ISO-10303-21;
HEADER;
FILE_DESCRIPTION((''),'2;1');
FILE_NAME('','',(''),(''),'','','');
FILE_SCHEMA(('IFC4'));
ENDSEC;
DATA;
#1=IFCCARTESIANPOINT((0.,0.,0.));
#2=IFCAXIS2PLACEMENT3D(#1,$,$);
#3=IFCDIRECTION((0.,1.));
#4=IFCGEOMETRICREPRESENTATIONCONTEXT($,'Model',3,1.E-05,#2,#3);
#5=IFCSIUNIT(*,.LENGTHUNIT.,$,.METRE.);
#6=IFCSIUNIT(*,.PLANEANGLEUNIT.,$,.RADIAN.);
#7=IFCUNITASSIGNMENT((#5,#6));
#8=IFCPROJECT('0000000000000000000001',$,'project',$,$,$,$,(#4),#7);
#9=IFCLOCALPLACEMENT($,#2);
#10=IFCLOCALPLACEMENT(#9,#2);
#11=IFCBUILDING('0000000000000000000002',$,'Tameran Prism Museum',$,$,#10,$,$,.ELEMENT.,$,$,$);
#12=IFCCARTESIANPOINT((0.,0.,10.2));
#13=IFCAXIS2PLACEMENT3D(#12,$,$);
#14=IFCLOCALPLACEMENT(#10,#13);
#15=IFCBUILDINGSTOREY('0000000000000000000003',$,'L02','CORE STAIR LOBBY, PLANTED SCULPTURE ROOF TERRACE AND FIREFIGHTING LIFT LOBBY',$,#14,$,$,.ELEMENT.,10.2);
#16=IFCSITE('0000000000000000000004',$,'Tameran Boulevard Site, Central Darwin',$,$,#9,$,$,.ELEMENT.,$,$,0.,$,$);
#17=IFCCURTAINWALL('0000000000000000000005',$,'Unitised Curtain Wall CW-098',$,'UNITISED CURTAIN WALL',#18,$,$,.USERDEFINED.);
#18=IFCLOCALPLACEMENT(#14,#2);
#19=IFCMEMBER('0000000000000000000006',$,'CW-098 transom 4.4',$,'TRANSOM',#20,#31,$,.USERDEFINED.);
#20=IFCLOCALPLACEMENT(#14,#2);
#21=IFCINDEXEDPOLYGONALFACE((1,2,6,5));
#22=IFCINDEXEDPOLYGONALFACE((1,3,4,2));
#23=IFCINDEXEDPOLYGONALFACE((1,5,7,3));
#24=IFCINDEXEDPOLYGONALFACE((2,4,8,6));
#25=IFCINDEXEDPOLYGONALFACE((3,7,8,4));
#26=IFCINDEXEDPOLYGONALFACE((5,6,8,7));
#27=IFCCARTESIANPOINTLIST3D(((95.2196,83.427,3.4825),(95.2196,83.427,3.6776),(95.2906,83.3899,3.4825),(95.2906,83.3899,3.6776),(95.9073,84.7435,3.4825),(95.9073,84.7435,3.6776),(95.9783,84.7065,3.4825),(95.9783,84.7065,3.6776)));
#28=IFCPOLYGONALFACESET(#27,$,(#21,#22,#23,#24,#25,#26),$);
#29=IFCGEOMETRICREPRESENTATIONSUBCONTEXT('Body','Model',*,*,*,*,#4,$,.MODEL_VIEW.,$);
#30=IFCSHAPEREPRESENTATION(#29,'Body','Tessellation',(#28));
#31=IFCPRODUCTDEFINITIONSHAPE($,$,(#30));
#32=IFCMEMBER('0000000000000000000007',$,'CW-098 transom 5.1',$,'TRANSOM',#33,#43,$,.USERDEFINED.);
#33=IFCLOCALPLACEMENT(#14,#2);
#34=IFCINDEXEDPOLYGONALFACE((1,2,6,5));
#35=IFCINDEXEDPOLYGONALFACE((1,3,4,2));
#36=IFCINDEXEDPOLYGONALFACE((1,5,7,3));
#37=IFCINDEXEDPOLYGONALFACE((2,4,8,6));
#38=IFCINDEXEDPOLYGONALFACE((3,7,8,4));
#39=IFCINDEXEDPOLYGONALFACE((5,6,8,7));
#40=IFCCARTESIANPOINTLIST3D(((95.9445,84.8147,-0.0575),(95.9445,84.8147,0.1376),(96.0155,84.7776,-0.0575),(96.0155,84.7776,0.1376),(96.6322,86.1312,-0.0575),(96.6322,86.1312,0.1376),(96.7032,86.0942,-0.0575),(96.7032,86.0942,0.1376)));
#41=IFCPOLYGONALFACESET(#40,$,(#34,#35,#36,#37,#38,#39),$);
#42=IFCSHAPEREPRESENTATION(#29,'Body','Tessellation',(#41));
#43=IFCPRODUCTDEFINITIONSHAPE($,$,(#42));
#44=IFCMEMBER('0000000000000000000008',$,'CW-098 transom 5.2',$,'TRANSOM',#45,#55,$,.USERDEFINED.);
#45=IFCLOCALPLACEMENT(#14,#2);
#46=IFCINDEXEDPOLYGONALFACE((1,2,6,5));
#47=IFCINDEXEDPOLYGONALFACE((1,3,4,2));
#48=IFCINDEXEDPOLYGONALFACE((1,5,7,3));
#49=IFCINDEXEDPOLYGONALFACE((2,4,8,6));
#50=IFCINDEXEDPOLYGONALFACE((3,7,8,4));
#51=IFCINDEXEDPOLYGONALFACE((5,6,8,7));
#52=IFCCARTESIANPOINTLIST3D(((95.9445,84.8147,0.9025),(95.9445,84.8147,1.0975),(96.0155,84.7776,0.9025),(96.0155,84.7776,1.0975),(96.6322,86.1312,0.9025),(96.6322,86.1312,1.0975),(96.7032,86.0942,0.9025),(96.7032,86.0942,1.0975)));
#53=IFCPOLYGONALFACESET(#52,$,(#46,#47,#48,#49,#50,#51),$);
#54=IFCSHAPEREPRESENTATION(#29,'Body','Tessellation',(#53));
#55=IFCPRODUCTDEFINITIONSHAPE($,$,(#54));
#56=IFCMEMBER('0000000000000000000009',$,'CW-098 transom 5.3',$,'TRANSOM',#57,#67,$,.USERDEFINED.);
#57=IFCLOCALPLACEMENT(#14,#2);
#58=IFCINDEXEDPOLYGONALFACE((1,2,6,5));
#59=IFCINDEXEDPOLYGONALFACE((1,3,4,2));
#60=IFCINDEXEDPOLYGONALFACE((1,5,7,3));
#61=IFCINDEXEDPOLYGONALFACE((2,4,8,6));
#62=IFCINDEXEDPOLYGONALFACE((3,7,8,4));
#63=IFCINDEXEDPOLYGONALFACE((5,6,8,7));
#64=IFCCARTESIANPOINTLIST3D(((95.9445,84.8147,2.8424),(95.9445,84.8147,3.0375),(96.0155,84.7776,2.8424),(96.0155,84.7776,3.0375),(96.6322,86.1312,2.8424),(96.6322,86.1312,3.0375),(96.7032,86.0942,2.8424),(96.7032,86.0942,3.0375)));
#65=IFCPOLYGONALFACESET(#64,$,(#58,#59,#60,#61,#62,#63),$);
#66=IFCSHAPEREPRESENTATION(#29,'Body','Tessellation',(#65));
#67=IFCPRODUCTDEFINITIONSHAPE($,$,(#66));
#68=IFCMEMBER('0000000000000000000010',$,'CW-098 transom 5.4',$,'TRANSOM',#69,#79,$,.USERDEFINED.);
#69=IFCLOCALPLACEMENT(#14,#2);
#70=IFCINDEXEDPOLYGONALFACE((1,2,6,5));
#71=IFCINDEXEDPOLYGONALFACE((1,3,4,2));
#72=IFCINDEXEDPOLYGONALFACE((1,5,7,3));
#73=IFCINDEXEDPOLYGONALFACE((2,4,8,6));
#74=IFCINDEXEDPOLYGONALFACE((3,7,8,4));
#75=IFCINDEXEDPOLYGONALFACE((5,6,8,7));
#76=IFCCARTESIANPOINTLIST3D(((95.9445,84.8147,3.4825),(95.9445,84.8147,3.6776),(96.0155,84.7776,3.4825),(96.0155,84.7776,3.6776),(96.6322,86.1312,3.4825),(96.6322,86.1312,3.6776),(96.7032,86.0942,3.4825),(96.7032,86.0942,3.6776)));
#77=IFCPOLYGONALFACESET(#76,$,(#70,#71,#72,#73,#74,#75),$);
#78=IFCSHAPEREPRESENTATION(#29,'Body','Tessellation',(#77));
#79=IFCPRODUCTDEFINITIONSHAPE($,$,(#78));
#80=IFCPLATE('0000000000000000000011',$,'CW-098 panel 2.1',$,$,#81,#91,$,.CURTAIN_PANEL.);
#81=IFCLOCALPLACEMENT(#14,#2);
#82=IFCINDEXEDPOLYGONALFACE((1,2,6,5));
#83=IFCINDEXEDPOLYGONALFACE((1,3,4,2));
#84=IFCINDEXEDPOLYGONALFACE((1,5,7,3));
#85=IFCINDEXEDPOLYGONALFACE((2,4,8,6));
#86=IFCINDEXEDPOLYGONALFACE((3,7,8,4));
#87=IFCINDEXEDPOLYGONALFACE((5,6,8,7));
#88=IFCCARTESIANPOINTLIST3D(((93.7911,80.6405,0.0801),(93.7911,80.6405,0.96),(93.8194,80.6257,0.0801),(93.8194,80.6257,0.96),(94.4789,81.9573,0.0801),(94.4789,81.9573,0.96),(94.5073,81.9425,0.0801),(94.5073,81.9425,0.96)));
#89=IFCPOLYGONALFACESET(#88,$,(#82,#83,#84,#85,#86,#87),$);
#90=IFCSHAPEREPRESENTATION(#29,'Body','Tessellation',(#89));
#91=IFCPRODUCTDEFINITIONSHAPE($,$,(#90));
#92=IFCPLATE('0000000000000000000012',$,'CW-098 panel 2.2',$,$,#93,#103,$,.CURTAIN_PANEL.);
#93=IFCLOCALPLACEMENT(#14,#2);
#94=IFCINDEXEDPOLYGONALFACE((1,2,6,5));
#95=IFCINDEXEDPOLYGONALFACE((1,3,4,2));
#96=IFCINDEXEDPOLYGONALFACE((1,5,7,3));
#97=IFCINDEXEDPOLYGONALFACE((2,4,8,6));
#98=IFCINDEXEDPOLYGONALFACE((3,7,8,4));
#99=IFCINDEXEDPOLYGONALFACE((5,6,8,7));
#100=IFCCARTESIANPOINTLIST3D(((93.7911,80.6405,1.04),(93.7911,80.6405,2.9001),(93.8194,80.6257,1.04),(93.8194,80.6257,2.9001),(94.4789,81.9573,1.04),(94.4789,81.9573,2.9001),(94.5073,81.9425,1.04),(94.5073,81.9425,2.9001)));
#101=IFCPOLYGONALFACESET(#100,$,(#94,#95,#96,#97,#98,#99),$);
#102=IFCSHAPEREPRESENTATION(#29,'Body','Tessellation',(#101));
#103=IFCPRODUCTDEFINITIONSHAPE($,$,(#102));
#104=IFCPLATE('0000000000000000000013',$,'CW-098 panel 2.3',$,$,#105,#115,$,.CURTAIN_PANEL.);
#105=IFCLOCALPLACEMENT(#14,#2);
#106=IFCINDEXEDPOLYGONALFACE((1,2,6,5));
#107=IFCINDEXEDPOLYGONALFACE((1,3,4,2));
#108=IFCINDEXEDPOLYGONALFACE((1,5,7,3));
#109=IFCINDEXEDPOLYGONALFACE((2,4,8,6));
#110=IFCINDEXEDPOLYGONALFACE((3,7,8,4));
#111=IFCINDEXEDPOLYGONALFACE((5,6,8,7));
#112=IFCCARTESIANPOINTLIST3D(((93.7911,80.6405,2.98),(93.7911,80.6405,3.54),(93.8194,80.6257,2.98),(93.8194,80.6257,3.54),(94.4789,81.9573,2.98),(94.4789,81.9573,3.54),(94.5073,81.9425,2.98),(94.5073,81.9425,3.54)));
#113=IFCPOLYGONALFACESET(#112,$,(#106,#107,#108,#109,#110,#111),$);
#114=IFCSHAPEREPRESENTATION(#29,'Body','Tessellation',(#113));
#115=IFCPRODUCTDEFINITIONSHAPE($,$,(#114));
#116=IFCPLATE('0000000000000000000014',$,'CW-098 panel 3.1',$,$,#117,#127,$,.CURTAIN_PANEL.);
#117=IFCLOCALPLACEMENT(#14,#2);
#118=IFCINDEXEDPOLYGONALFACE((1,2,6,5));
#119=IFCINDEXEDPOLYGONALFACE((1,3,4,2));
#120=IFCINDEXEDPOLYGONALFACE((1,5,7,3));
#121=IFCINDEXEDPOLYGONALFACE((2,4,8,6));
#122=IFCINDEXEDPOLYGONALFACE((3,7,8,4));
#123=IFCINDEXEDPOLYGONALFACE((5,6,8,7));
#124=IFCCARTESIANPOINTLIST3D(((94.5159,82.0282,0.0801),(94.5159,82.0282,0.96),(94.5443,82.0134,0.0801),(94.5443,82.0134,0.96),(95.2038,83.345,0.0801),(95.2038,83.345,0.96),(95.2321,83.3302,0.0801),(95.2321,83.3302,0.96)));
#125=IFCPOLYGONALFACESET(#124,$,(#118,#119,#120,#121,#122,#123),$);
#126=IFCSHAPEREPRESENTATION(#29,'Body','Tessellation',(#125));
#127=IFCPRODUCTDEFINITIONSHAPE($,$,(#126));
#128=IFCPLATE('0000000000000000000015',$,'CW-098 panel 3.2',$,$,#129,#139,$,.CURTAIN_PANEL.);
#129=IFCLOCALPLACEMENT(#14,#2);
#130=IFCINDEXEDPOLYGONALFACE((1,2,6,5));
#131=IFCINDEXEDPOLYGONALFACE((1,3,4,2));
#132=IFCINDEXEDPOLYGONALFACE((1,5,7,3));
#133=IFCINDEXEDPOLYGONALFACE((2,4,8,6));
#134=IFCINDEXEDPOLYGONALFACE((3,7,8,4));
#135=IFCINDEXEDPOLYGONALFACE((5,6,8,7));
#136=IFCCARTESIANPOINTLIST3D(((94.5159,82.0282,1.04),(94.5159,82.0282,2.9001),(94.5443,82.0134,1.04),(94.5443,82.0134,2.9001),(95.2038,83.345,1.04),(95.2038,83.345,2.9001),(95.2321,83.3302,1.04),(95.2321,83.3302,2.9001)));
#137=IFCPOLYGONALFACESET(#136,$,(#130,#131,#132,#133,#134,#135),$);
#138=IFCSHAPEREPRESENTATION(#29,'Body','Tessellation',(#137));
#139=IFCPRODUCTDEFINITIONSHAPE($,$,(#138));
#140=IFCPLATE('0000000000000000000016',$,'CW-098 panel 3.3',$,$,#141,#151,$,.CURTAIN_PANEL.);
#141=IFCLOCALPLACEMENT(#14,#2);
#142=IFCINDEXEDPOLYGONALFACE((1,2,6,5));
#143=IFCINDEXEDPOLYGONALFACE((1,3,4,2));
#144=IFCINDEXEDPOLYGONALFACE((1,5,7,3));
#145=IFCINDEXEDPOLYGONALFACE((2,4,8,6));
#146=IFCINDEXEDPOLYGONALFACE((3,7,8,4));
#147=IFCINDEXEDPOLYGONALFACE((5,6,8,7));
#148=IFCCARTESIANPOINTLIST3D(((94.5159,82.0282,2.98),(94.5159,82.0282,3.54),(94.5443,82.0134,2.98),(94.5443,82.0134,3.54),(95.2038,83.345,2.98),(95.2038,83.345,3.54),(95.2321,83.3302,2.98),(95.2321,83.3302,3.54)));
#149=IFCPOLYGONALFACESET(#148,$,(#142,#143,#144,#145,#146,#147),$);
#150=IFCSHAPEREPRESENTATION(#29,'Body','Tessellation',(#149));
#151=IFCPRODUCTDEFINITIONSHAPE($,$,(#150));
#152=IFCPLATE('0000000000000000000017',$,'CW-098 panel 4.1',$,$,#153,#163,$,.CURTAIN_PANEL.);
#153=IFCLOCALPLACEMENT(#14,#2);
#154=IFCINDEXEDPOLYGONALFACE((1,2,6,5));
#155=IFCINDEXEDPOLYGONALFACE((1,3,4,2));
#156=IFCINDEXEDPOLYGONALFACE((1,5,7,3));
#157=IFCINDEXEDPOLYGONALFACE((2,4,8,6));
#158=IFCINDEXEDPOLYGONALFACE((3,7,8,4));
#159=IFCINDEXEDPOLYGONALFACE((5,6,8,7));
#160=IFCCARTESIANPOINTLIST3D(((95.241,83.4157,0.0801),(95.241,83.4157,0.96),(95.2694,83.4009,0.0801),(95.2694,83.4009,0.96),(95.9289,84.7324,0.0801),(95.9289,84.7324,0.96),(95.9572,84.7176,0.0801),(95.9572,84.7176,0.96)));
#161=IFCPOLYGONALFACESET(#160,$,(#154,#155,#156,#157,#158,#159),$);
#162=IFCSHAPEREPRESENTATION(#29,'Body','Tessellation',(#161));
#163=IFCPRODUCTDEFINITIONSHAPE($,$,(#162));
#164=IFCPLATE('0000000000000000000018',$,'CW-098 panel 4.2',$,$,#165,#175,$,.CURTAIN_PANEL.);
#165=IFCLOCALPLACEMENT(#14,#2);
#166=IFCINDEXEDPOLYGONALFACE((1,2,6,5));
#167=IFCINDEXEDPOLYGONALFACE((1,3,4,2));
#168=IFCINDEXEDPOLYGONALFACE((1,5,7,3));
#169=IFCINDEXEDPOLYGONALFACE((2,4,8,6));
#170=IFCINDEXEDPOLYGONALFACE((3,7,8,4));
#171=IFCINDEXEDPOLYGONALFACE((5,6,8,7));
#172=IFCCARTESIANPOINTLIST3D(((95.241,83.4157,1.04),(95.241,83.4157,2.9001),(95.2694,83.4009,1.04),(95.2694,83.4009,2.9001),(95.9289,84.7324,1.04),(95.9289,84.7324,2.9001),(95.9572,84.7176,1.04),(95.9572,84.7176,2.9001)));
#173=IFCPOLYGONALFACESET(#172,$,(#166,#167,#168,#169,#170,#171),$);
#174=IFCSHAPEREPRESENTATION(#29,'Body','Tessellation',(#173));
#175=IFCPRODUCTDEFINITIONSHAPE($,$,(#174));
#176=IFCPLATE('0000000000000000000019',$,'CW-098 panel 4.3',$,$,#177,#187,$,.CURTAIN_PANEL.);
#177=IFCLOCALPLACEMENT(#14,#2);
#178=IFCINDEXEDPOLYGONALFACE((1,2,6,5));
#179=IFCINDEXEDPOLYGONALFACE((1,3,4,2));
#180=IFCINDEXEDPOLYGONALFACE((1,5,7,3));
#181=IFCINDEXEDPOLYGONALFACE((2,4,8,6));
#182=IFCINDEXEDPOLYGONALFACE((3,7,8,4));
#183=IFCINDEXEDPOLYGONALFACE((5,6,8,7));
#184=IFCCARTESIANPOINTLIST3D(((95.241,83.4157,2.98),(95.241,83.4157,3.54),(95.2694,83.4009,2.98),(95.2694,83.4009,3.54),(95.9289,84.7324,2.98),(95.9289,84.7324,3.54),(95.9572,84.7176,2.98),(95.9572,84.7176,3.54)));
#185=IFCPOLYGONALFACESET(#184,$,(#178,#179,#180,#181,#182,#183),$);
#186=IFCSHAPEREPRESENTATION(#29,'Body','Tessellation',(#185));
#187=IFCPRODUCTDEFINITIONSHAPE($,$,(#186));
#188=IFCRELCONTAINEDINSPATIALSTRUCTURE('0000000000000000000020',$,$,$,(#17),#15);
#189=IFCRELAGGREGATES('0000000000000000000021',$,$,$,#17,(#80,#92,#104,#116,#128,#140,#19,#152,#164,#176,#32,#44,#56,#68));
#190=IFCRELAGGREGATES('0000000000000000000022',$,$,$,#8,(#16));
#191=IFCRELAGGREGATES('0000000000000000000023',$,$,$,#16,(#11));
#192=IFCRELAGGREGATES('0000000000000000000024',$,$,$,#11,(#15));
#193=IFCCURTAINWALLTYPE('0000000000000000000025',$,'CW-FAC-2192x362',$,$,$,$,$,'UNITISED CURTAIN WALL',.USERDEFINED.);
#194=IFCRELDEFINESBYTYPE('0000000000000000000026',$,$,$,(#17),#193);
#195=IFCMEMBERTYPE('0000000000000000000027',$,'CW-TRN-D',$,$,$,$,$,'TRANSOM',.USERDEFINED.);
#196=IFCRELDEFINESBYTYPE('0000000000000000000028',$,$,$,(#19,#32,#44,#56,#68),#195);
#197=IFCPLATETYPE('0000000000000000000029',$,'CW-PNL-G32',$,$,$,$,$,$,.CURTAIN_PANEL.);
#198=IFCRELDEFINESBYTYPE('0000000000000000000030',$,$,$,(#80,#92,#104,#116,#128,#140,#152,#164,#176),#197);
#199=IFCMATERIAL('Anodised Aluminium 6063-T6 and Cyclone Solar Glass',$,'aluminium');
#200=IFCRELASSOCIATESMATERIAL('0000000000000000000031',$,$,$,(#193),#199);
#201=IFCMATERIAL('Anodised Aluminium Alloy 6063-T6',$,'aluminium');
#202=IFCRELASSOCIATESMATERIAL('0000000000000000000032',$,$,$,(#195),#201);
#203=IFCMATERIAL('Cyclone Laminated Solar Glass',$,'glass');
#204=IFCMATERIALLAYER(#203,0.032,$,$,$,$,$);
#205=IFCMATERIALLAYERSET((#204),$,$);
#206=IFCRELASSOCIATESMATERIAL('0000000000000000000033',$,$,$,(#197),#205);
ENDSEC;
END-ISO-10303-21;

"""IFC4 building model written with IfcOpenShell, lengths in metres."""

from ifc_helpers import new_model, si_unit, direction, frame, origin, origin_2d, place, context, subcontext, project, spatial, rectangle, extrude, material, layer, layer_set, material_profile, profile_set, type_object, element, aggregate, save


model = new_model("IFC4")

# Units and contexts
model_context = context("Model", 3, precision=1e-05, world=origin(), true_north=direction((0.0, 1.0)))
body_context = subcontext(model_context, "Body", "Model", "MODEL_VIEW")
ifc_project = project(units=[si_unit("LENGTHUNIT", "METRE"), si_unit("PLANEANGLEUNIT", "RADIAN")], contexts=[model_context])

# Site, building, storey
site_placement = place(None, origin())
site = spatial("IfcSite", under=ifc_project, at=site_placement, Name="Tameran Boulevard Site, Central Darwin", CompositionType="ELEMENT", RefElevation=0.0)
building_placement = place(site_placement, origin())
building = spatial("IfcBuilding", under=site, at=building_placement, Name="Tameran Prism Museum", CompositionType="ELEMENT")
storey_placement = place(building_placement, frame((0.0, 0.0, 10.2)))
storey = spatial("IfcBuildingStorey", under=building, at=storey_placement, Name="L02", Description="CORE STAIR LOBBY, PLANTED SCULPTURE ROOF TERRACE AND FIREFIGHTING LIFT LOBBY", CompositionType="ELEMENT", Elevation=10.2)

# Curtain wall, members, plates
ifc_material_1 = material(Name="Anodised Aluminium 6063-T6 and Cyclone Solar Glass", Category="aluminium")
curtain_wall_type = type_object("IfcCurtainWallType", Name="CW-FAC-2192x362", ElementType="UNITISED CURTAIN WALL", PredefinedType="USERDEFINED", material=ifc_material_1)
curtain_wall_placement = place(storey_placement, origin())
curtain_wall = element("IfcCurtainWall", 1, at=curtain_wall_placement, inside=storey, type_object=curtain_wall_type, Name="Unitised Curtain Wall CW-098", ObjectType="UNITISED CURTAIN WALL", PredefinedType="USERDEFINED")
ifc_material_2 = material(Name="Anodised Aluminium Alloy 6063-T6", Category="aluminium")
ifc_material_profile_1 = material_profile(ifc_material_2, rectangle(XDim=0.0801, YDim=0.1951, at=origin_2d()))
ifc_profile_set_1 = profile_set([ifc_material_profile_1])
member_type_1 = type_object("IfcMemberType", Name="CW-TRN-D", ElementType="TRANSOM", PredefinedType="USERDEFINED", material=ifc_profile_set_1)
member_1_placement = place(storey_placement, frame((95.2551, 83.4084, 3.5801), z_axis=(0.462987, 0.886365, 0.0), x_axis=(-0.886365, 0.462987, 0.0)))
member_1 = element("IfcMember", 2, at=member_1_placement, type_object=member_type_1, Name="CW-098 transom 4.4", ObjectType="TRANSOM", PredefinedType="USERDEFINED", context=body_context, shape_type="SweptSolid", body=[
    extrude(rectangle(XDim=0.0801, YDim=0.1951, at=origin_2d()), origin(), (0.0, 0.0, 1.0), 1.4854),
])
member_2_placement = place(storey_placement, frame((95.98, 84.7961, 0.04), z_axis=(0.462987, 0.886365, 0.0), x_axis=(-0.886365, 0.462987, 0.0)))
member_2 = element("IfcMember", 3, at=member_2_placement, type_object=member_type_1, Name="CW-098 transom 5.1", ObjectType="TRANSOM", PredefinedType="USERDEFINED", context=body_context, shape_type="SweptSolid", body=[
    extrude(rectangle(XDim=0.0801, YDim=0.1951, at=origin_2d()), origin(), (0.0, 0.0, 1.0), 1.4854),
])
member_3_placement = place(storey_placement, frame((95.98, 84.7961, 1.0), z_axis=(0.462987, 0.886365, 0.0), x_axis=(-0.886365, 0.462987, 0.0)))
member_3 = element("IfcMember", 4, at=member_3_placement, type_object=member_type_1, Name="CW-098 transom 5.2", ObjectType="TRANSOM", PredefinedType="USERDEFINED", context=body_context, shape_type="SweptSolid", body=[
    extrude(rectangle(XDim=0.0801, YDim=0.1951, at=origin_2d()), origin(), (0.0, 0.0, 1.0), 1.4854),
])
member_4_placement = place(storey_placement, frame((95.98, 84.7961, 2.9399), z_axis=(0.462987, 0.886365, 0.0), x_axis=(-0.886365, 0.462987, 0.0)))
member_4 = element("IfcMember", 5, at=member_4_placement, type_object=member_type_1, Name="CW-098 transom 5.3", ObjectType="TRANSOM", PredefinedType="USERDEFINED", context=body_context, shape_type="SweptSolid", body=[
    extrude(rectangle(XDim=0.0801, YDim=0.1951, at=origin_2d()), origin(), (0.0, 0.0, 1.0), 1.4854),
])
member_5_placement = place(storey_placement, frame((95.98, 84.7961, 3.5801), z_axis=(0.462987, 0.886365, 0.0), x_axis=(-0.886365, 0.462987, 0.0)))
member_5 = element("IfcMember", 6, at=member_5_placement, type_object=member_type_1, Name="CW-098 transom 5.4", ObjectType="TRANSOM", PredefinedType="USERDEFINED", context=body_context, shape_type="SweptSolid", body=[
    extrude(rectangle(XDim=0.0801, YDim=0.1951, at=origin_2d()), origin(), (0.0, 0.0, 1.0), 1.4854),
])
ifc_material_3 = material(Name="Cyclone Laminated Solar Glass", Category="glass")
ifc_layer = layer(ifc_material_3, 0.032)
ifc_layer_set = layer_set([ifc_layer])
plate_type = type_object("IfcPlateType", Name="CW-PNL-G32", PredefinedType="CURTAIN_PANEL", material=ifc_layer_set)
plate_1_placement = place(storey_placement, frame((94.1492, 81.2915, 0.0801), z_axis=(0.0, 0.0, 1.0), x_axis=(0.463003, 0.886357, 0.0)))
plate_1 = element("IfcPlate", 7, at=plate_1_placement, type_object=plate_type, Name="CW-098 panel 2.1", PredefinedType="CURTAIN_PANEL", context=body_context, shape_type="SweptSolid", body=[
    extrude(rectangle(XDim=1.4856, YDim=0.032, at=origin_2d()), origin(), (0.0, 0.0, 1.0), 0.8799),
])
plate_2_placement = place(storey_placement, frame((94.1492, 81.2915, 1.04), z_axis=(0.0, 0.0, 1.0), x_axis=(0.463003, 0.886357, 0.0)))
plate_2 = element("IfcPlate", 8, at=plate_2_placement, type_object=plate_type, Name="CW-098 panel 2.2", PredefinedType="CURTAIN_PANEL", context=body_context, shape_type="SweptSolid", body=[
    extrude(rectangle(XDim=1.4856, YDim=0.032, at=origin_2d()), origin(), (0.0, 0.0, 1.0), 1.8601),
])
plate_3_placement = place(storey_placement, frame((94.1492, 81.2915, 2.98), z_axis=(0.0, 0.0, 1.0), x_axis=(0.463003, 0.886357, 0.0)))
plate_3 = element("IfcPlate", 9, at=plate_3_placement, type_object=plate_type, Name="CW-098 panel 2.3", PredefinedType="CURTAIN_PANEL", context=body_context, shape_type="SweptSolid", body=[
    extrude(rectangle(XDim=1.4856, YDim=0.032, at=origin_2d()), origin(), (0.0, 0.0, 1.0), 0.5601),
])
plate_4_placement = place(storey_placement, frame((94.874, 82.6792, 0.0801), z_axis=(0.0, 0.0, 1.0), x_axis=(0.463003, 0.886357, 0.0)))
plate_4 = element("IfcPlate", 10, at=plate_4_placement, type_object=plate_type, Name="CW-098 panel 3.1", PredefinedType="CURTAIN_PANEL", context=body_context, shape_type="SweptSolid", body=[
    extrude(rectangle(XDim=1.4856, YDim=0.032, at=origin_2d()), origin(), (0.0, 0.0, 1.0), 0.8799),
])
plate_5_placement = place(storey_placement, frame((94.874, 82.6792, 1.04), z_axis=(0.0, 0.0, 1.0), x_axis=(0.463003, 0.886357, 0.0)))
plate_5 = element("IfcPlate", 11, at=plate_5_placement, type_object=plate_type, Name="CW-098 panel 3.2", PredefinedType="CURTAIN_PANEL", context=body_context, shape_type="SweptSolid", body=[
    extrude(rectangle(XDim=1.4856, YDim=0.032, at=origin_2d()), origin(), (0.0, 0.0, 1.0), 1.8601),
])
plate_6_placement = place(storey_placement, frame((94.874, 82.6792, 2.98), z_axis=(0.0, 0.0, 1.0), x_axis=(0.463003, 0.886357, 0.0)))
plate_6 = element("IfcPlate", 12, at=plate_6_placement, type_object=plate_type, Name="CW-098 panel 3.3", PredefinedType="CURTAIN_PANEL", context=body_context, shape_type="SweptSolid", body=[
    extrude(rectangle(XDim=1.4856, YDim=0.032, at=origin_2d()), origin(), (0.0, 0.0, 1.0), 0.5601),
])
plate_7_placement = place(storey_placement, frame((95.5991, 84.0667, 0.0801), z_axis=(0.0, 0.0, 1.0), x_axis=(0.463003, 0.886357, 0.0)))
plate_7 = element("IfcPlate", 13, at=plate_7_placement, type_object=plate_type, Name="CW-098 panel 4.1", PredefinedType="CURTAIN_PANEL", context=body_context, shape_type="SweptSolid", body=[
    extrude(rectangle(XDim=1.4856, YDim=0.032, at=origin_2d()), origin(), (0.0, 0.0, 1.0), 0.8799),
])
plate_8_placement = place(storey_placement, frame((95.5991, 84.0667, 1.04), z_axis=(0.0, 0.0, 1.0), x_axis=(0.463003, 0.886357, 0.0)))
plate_8 = element("IfcPlate", 14, at=plate_8_placement, type_object=plate_type, Name="CW-098 panel 4.2", PredefinedType="CURTAIN_PANEL", context=body_context, shape_type="SweptSolid", body=[
    extrude(rectangle(XDim=1.4856, YDim=0.032, at=origin_2d()), origin(), (0.0, 0.0, 1.0), 1.8601),
])
plate_9_placement = place(storey_placement, frame((95.5991, 84.0667, 2.98), z_axis=(0.0, 0.0, 1.0), x_axis=(0.463003, 0.886357, 0.0)))
plate_9 = element("IfcPlate", 15, at=plate_9_placement, type_object=plate_type, Name="CW-098 panel 4.3", PredefinedType="CURTAIN_PANEL", context=body_context, shape_type="SweptSolid", body=[
    extrude(rectangle(XDim=1.4856, YDim=0.032, at=origin_2d()), origin(), (0.0, 0.0, 1.0), 0.5601),
])
aggregate(curtain_wall, [plate_1, plate_2, plate_3, plate_4, plate_5, plate_6, member_1, plate_7, plate_8, plate_9, member_2, member_3, member_4, member_5])

save(model, "model.ifc")
